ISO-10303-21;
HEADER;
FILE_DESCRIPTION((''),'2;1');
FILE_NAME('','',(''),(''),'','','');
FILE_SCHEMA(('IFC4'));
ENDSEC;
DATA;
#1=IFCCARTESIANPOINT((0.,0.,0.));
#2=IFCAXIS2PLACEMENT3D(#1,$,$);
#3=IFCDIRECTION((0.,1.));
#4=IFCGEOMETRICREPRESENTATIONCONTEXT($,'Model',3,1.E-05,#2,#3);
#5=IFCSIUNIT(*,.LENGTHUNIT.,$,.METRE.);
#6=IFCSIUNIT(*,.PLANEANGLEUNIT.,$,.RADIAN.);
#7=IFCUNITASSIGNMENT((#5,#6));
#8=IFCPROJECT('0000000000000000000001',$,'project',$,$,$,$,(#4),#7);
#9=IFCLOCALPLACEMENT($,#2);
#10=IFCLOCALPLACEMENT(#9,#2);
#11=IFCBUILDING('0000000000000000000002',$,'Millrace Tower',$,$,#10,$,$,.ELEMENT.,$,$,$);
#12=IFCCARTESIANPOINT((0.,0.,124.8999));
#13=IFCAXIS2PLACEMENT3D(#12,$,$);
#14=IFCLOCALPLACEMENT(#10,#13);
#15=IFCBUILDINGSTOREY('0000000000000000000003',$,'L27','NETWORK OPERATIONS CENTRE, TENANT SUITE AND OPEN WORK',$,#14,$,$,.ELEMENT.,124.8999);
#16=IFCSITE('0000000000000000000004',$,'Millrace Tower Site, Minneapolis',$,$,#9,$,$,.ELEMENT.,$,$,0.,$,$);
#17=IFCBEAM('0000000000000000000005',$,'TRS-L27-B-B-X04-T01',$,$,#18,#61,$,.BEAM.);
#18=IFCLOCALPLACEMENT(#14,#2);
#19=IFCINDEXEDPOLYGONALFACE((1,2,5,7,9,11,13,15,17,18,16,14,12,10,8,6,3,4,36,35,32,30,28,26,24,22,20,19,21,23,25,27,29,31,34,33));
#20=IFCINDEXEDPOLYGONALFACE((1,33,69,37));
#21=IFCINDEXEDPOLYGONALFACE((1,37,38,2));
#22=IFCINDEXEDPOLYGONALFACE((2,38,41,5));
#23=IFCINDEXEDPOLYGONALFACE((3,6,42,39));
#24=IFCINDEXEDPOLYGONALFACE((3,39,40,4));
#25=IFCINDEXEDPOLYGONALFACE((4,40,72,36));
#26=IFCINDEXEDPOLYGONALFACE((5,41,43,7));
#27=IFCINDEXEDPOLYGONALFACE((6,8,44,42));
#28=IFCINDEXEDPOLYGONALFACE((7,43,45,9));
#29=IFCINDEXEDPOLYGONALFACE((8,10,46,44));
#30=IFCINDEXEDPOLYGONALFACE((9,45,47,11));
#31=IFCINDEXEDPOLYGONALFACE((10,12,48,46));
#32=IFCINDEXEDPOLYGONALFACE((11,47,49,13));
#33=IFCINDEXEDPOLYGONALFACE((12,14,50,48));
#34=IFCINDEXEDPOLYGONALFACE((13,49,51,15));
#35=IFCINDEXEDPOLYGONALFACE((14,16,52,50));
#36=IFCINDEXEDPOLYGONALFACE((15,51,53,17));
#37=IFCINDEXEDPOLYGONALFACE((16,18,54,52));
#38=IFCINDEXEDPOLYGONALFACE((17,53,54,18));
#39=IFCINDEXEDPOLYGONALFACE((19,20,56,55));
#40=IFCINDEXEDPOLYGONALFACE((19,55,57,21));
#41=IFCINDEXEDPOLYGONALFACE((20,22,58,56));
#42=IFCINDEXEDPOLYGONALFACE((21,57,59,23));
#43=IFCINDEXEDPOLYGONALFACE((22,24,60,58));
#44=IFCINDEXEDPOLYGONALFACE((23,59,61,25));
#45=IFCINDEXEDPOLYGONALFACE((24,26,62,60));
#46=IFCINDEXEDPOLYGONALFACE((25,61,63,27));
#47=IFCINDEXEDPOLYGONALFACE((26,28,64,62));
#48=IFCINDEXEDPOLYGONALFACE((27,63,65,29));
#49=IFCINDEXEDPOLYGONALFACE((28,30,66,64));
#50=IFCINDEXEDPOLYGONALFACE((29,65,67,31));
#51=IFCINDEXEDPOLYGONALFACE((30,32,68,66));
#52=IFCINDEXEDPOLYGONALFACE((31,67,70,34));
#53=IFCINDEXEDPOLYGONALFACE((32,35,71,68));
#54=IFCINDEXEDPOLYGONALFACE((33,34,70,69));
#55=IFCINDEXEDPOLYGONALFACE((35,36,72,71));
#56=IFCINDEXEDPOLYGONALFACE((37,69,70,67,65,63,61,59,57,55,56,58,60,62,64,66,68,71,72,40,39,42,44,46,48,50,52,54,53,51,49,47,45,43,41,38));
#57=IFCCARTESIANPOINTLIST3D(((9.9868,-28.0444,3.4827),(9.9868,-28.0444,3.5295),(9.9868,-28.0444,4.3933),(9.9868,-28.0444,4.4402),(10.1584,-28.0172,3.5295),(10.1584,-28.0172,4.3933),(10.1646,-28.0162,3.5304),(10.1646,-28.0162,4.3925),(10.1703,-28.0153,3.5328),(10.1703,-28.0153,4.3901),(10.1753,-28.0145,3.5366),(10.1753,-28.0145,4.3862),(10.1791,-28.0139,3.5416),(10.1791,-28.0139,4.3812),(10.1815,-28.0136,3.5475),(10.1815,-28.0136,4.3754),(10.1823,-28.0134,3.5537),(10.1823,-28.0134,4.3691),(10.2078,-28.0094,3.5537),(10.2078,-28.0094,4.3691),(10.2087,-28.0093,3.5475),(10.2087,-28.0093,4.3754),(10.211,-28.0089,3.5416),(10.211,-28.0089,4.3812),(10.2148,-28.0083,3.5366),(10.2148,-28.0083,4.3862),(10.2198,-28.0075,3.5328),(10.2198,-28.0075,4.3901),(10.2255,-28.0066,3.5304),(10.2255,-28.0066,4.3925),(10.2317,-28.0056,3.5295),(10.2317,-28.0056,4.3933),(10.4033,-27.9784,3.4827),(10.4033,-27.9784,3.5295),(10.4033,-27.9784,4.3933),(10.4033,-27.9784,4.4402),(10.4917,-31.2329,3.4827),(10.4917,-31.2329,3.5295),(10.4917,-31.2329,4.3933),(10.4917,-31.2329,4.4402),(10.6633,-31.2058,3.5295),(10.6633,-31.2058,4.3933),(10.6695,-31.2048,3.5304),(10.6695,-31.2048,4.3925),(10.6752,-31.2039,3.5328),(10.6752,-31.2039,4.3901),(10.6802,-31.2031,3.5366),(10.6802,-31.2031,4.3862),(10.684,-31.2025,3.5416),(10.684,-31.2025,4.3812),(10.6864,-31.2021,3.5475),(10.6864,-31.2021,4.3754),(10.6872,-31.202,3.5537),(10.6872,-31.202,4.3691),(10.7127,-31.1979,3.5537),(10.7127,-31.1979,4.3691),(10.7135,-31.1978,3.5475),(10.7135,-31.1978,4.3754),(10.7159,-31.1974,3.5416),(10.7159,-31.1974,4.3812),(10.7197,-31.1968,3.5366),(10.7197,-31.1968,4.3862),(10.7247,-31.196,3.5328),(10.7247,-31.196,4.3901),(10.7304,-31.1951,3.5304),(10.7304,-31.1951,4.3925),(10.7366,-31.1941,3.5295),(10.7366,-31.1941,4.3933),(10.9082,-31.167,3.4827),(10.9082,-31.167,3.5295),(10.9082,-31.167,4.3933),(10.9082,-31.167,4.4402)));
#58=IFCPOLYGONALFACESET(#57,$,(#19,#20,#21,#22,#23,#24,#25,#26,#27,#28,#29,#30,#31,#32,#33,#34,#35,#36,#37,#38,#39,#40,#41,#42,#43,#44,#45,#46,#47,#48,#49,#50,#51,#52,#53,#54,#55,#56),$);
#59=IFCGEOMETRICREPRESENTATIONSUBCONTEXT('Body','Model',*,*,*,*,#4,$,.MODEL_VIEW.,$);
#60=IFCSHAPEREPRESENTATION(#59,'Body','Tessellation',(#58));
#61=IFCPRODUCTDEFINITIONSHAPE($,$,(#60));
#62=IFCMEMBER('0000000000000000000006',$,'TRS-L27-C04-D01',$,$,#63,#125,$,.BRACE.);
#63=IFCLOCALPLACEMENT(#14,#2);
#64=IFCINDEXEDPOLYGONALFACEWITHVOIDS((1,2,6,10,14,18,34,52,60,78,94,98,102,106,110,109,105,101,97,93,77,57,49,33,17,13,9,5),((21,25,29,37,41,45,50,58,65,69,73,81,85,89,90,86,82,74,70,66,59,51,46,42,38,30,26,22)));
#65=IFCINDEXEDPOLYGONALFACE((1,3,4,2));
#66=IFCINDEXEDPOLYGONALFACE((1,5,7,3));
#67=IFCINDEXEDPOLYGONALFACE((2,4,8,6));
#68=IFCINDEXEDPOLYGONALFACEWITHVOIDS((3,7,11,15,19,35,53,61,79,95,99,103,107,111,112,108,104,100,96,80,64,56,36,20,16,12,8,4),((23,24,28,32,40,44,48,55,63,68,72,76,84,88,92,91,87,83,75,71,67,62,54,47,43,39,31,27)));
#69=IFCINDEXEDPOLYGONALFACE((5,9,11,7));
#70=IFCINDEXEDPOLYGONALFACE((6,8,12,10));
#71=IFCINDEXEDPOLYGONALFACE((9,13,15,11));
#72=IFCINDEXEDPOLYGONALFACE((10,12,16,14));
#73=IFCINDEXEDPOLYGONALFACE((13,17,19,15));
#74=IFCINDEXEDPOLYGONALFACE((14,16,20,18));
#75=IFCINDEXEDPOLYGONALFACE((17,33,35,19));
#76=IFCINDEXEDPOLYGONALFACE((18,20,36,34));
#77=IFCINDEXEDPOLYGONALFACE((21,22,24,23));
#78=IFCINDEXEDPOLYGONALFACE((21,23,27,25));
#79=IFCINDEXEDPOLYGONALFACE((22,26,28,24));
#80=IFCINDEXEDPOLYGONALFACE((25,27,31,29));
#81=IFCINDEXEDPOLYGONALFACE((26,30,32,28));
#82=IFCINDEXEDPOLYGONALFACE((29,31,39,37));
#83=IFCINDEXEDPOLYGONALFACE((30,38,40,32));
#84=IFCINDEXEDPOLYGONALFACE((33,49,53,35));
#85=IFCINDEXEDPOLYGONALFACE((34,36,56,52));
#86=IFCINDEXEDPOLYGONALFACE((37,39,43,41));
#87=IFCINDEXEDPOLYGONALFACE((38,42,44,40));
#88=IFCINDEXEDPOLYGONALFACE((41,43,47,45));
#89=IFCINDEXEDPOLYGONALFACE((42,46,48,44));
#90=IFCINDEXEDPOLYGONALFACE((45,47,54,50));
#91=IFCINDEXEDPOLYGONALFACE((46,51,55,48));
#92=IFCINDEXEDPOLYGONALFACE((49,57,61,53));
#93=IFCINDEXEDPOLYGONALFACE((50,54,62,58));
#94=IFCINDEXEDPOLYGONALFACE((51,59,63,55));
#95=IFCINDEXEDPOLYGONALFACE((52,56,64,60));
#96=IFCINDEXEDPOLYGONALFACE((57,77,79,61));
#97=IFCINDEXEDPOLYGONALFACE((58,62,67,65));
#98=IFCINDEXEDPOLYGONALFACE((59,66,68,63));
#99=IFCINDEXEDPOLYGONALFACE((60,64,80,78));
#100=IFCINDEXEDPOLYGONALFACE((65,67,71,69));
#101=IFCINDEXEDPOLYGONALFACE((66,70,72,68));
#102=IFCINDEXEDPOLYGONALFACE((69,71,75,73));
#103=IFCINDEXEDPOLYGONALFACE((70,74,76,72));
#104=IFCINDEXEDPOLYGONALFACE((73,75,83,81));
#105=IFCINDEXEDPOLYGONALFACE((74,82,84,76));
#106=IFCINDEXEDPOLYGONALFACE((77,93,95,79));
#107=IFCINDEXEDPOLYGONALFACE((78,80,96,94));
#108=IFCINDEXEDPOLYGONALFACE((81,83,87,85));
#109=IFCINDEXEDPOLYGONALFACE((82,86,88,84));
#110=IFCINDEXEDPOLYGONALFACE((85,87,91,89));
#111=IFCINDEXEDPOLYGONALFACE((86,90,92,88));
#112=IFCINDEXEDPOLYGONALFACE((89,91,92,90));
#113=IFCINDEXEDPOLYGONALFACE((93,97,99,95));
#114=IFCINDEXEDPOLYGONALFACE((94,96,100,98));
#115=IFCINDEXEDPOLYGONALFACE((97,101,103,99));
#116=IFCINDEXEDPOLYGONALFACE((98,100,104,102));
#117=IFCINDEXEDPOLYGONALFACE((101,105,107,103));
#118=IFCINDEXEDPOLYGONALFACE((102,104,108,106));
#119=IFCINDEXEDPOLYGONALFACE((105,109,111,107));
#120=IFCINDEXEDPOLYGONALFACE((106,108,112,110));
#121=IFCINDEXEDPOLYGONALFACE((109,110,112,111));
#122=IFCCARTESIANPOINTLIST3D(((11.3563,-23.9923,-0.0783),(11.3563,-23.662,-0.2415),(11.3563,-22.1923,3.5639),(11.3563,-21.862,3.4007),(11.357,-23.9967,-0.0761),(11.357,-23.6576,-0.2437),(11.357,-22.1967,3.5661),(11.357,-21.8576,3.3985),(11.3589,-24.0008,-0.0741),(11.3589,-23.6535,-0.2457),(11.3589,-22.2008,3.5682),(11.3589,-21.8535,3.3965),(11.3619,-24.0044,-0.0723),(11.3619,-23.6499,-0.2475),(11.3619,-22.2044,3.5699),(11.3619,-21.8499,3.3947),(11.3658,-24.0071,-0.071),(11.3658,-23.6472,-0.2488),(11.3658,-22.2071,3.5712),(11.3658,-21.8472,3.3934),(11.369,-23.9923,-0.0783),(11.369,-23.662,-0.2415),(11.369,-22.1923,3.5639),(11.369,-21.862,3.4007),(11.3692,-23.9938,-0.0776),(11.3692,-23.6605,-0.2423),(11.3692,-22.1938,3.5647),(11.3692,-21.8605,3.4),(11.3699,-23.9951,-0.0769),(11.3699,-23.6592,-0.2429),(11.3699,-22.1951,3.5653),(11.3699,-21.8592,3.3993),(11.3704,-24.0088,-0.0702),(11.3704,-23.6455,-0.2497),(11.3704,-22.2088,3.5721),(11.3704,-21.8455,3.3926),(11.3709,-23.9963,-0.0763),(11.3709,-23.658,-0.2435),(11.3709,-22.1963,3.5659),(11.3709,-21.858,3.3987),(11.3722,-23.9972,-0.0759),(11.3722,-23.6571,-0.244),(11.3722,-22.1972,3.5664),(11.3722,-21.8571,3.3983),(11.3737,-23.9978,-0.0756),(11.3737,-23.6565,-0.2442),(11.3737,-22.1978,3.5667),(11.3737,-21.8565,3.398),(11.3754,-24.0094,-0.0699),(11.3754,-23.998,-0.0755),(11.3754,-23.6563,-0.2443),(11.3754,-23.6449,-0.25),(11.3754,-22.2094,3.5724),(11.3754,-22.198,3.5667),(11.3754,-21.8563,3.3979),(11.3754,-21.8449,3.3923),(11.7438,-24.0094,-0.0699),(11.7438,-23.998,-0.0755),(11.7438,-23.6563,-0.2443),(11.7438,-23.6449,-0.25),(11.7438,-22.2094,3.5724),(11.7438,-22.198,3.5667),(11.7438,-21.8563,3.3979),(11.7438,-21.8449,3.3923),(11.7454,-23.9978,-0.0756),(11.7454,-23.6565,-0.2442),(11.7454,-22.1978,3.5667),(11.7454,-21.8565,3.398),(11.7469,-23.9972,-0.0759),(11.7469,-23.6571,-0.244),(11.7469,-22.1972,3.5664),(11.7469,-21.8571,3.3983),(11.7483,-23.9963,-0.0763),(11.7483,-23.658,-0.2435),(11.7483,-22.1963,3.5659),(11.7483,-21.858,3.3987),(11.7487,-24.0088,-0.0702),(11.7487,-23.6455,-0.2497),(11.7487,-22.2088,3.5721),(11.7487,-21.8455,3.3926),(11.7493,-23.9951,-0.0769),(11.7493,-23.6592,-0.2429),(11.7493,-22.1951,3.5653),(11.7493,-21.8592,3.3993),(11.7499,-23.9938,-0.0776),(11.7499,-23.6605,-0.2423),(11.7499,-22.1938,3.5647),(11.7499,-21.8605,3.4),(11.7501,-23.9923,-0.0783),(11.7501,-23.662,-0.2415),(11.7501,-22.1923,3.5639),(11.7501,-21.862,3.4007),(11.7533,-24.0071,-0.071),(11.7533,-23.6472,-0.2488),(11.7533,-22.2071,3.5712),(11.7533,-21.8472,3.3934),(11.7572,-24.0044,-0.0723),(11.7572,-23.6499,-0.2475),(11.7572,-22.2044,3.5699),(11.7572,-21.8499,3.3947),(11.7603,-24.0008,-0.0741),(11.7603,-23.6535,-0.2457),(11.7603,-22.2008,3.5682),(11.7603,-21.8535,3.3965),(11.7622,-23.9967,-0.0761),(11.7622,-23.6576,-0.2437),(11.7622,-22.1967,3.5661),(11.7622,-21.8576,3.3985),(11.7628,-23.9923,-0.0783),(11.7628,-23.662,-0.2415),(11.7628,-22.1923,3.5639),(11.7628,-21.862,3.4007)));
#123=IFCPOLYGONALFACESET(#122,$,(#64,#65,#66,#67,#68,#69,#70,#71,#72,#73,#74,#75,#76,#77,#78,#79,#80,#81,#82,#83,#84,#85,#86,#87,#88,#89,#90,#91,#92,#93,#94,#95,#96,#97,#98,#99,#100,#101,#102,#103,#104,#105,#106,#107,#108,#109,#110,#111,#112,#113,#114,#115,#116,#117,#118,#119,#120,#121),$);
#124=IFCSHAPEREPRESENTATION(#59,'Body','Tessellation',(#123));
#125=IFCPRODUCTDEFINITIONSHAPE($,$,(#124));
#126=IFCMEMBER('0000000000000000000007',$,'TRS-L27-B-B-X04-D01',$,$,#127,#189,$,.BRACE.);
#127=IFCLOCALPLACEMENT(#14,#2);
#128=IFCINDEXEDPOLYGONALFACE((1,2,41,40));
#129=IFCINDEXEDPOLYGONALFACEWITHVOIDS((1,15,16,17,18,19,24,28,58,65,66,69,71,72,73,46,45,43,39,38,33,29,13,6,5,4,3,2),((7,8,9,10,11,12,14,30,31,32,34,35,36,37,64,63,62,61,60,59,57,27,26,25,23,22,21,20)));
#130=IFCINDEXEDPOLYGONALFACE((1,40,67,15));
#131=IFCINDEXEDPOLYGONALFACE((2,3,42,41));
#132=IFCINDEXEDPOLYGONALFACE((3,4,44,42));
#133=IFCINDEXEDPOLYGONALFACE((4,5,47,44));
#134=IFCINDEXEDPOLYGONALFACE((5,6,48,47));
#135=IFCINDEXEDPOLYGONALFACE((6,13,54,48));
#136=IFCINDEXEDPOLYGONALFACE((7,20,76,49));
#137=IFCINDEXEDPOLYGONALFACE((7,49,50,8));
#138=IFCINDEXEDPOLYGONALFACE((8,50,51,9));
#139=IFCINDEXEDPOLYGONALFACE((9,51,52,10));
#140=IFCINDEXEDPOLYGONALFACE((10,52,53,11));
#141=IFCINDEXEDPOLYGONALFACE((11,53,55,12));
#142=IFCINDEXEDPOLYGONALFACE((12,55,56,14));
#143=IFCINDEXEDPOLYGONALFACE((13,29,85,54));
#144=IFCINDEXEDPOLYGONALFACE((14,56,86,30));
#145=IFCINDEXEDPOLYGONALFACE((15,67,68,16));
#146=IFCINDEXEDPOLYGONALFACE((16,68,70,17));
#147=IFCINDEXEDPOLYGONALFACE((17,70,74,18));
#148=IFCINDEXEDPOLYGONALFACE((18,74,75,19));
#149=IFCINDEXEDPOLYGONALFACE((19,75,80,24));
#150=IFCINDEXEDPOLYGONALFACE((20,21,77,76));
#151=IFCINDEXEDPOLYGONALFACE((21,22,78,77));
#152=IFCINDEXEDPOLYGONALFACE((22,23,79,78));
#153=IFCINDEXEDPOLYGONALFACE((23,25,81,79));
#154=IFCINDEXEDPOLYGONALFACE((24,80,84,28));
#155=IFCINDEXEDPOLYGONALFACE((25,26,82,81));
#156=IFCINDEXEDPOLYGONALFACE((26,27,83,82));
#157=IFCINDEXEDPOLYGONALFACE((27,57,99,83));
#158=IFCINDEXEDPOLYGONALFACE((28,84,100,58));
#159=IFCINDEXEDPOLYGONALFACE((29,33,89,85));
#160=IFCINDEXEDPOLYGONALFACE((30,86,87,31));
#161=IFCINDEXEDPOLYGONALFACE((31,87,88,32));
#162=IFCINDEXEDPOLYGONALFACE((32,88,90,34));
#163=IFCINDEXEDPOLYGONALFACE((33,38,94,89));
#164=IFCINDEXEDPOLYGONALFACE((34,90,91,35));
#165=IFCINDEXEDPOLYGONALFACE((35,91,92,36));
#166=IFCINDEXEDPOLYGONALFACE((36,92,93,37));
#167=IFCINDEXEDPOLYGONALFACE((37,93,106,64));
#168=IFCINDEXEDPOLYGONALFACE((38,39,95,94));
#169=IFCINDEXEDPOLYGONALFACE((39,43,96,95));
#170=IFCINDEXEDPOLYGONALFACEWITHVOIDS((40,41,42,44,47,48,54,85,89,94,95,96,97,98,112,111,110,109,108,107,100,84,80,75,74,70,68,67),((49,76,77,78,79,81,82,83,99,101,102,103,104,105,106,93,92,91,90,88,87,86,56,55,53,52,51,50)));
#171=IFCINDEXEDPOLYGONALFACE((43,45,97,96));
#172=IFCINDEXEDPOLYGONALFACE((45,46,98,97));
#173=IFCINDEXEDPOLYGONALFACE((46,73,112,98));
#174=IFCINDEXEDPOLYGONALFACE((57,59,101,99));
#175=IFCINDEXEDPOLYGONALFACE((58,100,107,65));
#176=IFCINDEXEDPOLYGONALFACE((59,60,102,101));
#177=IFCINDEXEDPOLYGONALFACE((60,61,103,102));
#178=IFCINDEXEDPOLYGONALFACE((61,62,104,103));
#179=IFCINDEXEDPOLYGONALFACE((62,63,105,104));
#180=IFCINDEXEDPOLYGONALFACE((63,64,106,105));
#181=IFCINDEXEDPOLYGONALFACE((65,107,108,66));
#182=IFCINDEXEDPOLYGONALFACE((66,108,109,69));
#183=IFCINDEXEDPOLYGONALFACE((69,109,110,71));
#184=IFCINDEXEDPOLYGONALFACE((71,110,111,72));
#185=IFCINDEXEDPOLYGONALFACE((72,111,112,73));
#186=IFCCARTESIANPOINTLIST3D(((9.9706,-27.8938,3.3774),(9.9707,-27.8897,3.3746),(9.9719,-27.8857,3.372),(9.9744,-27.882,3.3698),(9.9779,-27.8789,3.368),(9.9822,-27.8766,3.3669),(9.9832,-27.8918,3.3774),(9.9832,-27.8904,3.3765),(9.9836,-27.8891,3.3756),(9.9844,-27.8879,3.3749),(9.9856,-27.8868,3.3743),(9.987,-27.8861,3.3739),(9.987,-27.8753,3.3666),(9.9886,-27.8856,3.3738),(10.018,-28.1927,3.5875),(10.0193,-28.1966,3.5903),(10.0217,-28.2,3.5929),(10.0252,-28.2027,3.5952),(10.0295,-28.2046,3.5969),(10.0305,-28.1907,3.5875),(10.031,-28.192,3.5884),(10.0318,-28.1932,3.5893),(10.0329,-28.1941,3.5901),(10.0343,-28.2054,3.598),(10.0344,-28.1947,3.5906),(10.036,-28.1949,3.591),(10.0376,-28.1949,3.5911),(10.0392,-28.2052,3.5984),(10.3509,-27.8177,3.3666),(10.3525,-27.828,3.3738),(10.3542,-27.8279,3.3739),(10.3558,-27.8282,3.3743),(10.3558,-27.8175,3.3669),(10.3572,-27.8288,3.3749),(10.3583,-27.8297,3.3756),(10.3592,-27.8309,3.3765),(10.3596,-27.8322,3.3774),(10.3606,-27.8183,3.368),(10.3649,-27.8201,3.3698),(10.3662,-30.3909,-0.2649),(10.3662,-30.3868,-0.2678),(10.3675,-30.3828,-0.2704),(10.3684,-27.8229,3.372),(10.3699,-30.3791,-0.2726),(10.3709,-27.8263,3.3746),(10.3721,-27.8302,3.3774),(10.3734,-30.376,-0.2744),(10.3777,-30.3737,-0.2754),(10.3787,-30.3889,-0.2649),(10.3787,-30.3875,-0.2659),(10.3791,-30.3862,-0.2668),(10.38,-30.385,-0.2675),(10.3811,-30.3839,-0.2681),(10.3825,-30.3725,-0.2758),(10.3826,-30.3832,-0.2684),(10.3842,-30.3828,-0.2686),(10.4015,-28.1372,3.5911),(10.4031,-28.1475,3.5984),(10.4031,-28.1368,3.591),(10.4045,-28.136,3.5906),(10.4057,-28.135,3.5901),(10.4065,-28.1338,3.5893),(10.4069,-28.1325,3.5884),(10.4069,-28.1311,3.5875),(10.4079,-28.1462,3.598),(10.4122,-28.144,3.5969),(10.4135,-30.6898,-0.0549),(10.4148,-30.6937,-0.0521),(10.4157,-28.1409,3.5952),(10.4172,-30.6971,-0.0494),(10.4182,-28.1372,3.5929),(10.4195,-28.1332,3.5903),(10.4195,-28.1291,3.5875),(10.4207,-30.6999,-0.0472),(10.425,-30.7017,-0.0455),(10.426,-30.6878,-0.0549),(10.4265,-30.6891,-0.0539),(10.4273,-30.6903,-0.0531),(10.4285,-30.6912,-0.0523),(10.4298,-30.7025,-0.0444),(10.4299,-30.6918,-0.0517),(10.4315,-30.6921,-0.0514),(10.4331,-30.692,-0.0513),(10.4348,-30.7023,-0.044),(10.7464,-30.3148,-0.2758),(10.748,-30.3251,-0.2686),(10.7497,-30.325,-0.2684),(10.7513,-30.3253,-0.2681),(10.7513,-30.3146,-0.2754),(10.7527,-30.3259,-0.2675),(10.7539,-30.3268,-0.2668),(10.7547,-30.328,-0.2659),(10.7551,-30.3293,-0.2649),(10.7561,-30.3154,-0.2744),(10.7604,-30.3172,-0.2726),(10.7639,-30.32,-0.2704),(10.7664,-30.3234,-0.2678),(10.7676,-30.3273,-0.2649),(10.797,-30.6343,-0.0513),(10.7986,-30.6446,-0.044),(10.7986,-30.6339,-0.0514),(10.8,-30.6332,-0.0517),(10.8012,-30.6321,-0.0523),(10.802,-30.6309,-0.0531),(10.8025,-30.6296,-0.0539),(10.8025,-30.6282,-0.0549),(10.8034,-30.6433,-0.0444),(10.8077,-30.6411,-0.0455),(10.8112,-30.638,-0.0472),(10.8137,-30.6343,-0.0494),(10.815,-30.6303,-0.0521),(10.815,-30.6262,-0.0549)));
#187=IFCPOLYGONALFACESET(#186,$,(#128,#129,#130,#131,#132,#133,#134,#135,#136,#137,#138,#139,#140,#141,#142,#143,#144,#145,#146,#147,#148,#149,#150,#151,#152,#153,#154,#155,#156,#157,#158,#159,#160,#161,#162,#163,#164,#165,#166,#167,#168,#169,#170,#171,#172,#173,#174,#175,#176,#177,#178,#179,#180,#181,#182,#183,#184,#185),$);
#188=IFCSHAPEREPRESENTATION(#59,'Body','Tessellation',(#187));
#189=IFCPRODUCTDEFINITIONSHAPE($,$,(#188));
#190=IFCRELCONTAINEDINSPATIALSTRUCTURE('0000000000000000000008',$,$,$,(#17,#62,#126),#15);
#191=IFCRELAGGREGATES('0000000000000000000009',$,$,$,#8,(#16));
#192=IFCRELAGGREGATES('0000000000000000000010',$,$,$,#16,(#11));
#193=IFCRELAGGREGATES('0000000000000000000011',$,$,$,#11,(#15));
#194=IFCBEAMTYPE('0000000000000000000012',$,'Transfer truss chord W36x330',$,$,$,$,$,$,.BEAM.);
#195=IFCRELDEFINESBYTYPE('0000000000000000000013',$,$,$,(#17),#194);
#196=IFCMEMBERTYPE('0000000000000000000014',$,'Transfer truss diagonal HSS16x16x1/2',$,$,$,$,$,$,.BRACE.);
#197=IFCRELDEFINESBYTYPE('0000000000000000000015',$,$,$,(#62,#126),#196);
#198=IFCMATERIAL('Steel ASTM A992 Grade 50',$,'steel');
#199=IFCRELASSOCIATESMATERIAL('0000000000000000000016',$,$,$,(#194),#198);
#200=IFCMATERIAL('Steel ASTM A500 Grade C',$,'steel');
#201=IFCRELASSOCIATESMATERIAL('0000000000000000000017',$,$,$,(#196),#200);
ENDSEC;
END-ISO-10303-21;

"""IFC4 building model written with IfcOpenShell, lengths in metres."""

from ifc_helpers import new_model, si_unit, direction, frame, origin, origin_2d, place, context, subcontext, project, spatial, hollow_rectangle, i_section, extrude, material, material_profile, profile_set, type_object, element, save


model = new_model("IFC4")

# Units and contexts
model_context = context("Model", 3, precision=1e-05, world=origin(), true_north=direction((0.0, 1.0)))
body_context = subcontext(model_context, "Body", "Model", "MODEL_VIEW")
ifc_project = project(units=[si_unit("LENGTHUNIT", "METRE"), si_unit("PLANEANGLEUNIT", "RADIAN")], contexts=[model_context])

# Site, building, storey
site_placement = place(None, origin())
site = spatial("IfcSite", under=ifc_project, at=site_placement, Name="Millrace Tower Site, Minneapolis", CompositionType="ELEMENT", RefElevation=0.0)
building_placement = place(site_placement, origin())
building = spatial("IfcBuilding", under=site, at=building_placement, Name="Millrace Tower", CompositionType="ELEMENT")
storey_placement = place(building_placement, frame((0.0, 0.0, 124.8999)))
storey = spatial("IfcBuildingStorey", under=building, at=storey_placement, Name="L27", Description="NETWORK OPERATIONS CENTRE, TENANT SUITE AND OPEN WORK", CompositionType="ELEMENT", Elevation=124.8999)

# Beam
ifc_material_1 = material(Name="Steel ASTM A992 Grade 50", Category="steel")
ifc_material_profile_1 = material_profile(ifc_material_1, i_section(OverallWidth=0.4216, OverallDepth=0.9575, WebThickness=0.0259, FlangeThickness=0.0469, FilletRadius=0.0242, at=origin_2d()))
ifc_profile_set_1 = profile_set([ifc_material_profile_1], Name="Steel ASTM A992 Grade 50")
beam_type_1 = type_object("IfcBeamType", Name="Transfer truss chord W36x330", PredefinedType="BEAM", material=ifc_profile_set_1)
for number, where, z_axis, x_axis, name in (
    (1, (10.7, -31.2, 3.9614), (-0.156398, 0.987694, 0.0), (-0.987694, -0.156398, 0.0), "TRS-L27-B-B-X04-T01"),
):
    element("IfcBeam", number, at=place(storey_placement, frame(where, z_axis=z_axis, x_axis=x_axis)), inside=storey, type_object=beam_type_1, Name=name, PredefinedType="BEAM", context=body_context, shape_type="SweptSolid", body=[
        extrude(i_section(OverallWidth=0.4216, OverallDepth=0.9575, WebThickness=0.0259, FlangeThickness=0.0469, FilletRadius=0.0242, at=origin_2d()), origin(), (0.0, 0.0, 1.0), 3.2283),
    ])

# Members
ifc_material_2 = material(Name="Steel ASTM A500 Grade C", Category="steel")
ifc_material_profile_2 = material_profile(ifc_material_2, hollow_rectangle(XDim=0.4065, YDim=0.4065, WallThickness=0.0127, InnerFilletRadius=0.0063, OuterFilletRadius=0.019, at=origin_2d()))
ifc_profile_set_2 = profile_set([ifc_material_profile_2], Name="Steel ASTM A500 Grade C")
member_type_1 = type_object("IfcMemberType", Name="Transfer truss diagonal HSS16x16x1/2", PredefinedType="BRACE", material=ifc_profile_set_2)
member_1_placement = place(storey_placement, frame((11.5596, -23.8271, -0.1599), z_axis=(0.0, 0.44305, 0.896497), x_axis=(-1.0, 0.0, 0.0)))
element("IfcMember", 2, at=member_1_placement, inside=storey, type_object=member_type_1, Name="TRS-L27-C04-D01", PredefinedType="BRACE", context=body_context, shape_type="SweptSolid", body=[
    extrude(hollow_rectangle(XDim=0.4065, YDim=0.4065, WallThickness=0.0127, InnerFilletRadius=0.0063, OuterFilletRadius=0.019, at=origin_2d()), origin(), (0.0, 0.0, 1.0), 4.0627),
])
member_2_placement = place(storey_placement, frame((10.5906, -30.5085, -0.1599), z_axis=(-0.089203, 0.563193, 0.821497), x_axis=(-0.987688, -0.156439, 0.0)))
element("IfcMember", 3, at=member_2_placement, inside=storey, type_object=member_type_1, Name="TRS-L27-B-B-X04-D01", PredefinedType="BRACE", context=body_context, shape_type="SweptSolid", body=[
    extrude(hollow_rectangle(XDim=0.4065, YDim=0.4065, WallThickness=0.0127, InnerFilletRadius=0.0063, OuterFilletRadius=0.019, at=origin_2d()), origin(), (0.0, 0.0, 1.0), 4.4338),
])

save(model, "model.ifc")
